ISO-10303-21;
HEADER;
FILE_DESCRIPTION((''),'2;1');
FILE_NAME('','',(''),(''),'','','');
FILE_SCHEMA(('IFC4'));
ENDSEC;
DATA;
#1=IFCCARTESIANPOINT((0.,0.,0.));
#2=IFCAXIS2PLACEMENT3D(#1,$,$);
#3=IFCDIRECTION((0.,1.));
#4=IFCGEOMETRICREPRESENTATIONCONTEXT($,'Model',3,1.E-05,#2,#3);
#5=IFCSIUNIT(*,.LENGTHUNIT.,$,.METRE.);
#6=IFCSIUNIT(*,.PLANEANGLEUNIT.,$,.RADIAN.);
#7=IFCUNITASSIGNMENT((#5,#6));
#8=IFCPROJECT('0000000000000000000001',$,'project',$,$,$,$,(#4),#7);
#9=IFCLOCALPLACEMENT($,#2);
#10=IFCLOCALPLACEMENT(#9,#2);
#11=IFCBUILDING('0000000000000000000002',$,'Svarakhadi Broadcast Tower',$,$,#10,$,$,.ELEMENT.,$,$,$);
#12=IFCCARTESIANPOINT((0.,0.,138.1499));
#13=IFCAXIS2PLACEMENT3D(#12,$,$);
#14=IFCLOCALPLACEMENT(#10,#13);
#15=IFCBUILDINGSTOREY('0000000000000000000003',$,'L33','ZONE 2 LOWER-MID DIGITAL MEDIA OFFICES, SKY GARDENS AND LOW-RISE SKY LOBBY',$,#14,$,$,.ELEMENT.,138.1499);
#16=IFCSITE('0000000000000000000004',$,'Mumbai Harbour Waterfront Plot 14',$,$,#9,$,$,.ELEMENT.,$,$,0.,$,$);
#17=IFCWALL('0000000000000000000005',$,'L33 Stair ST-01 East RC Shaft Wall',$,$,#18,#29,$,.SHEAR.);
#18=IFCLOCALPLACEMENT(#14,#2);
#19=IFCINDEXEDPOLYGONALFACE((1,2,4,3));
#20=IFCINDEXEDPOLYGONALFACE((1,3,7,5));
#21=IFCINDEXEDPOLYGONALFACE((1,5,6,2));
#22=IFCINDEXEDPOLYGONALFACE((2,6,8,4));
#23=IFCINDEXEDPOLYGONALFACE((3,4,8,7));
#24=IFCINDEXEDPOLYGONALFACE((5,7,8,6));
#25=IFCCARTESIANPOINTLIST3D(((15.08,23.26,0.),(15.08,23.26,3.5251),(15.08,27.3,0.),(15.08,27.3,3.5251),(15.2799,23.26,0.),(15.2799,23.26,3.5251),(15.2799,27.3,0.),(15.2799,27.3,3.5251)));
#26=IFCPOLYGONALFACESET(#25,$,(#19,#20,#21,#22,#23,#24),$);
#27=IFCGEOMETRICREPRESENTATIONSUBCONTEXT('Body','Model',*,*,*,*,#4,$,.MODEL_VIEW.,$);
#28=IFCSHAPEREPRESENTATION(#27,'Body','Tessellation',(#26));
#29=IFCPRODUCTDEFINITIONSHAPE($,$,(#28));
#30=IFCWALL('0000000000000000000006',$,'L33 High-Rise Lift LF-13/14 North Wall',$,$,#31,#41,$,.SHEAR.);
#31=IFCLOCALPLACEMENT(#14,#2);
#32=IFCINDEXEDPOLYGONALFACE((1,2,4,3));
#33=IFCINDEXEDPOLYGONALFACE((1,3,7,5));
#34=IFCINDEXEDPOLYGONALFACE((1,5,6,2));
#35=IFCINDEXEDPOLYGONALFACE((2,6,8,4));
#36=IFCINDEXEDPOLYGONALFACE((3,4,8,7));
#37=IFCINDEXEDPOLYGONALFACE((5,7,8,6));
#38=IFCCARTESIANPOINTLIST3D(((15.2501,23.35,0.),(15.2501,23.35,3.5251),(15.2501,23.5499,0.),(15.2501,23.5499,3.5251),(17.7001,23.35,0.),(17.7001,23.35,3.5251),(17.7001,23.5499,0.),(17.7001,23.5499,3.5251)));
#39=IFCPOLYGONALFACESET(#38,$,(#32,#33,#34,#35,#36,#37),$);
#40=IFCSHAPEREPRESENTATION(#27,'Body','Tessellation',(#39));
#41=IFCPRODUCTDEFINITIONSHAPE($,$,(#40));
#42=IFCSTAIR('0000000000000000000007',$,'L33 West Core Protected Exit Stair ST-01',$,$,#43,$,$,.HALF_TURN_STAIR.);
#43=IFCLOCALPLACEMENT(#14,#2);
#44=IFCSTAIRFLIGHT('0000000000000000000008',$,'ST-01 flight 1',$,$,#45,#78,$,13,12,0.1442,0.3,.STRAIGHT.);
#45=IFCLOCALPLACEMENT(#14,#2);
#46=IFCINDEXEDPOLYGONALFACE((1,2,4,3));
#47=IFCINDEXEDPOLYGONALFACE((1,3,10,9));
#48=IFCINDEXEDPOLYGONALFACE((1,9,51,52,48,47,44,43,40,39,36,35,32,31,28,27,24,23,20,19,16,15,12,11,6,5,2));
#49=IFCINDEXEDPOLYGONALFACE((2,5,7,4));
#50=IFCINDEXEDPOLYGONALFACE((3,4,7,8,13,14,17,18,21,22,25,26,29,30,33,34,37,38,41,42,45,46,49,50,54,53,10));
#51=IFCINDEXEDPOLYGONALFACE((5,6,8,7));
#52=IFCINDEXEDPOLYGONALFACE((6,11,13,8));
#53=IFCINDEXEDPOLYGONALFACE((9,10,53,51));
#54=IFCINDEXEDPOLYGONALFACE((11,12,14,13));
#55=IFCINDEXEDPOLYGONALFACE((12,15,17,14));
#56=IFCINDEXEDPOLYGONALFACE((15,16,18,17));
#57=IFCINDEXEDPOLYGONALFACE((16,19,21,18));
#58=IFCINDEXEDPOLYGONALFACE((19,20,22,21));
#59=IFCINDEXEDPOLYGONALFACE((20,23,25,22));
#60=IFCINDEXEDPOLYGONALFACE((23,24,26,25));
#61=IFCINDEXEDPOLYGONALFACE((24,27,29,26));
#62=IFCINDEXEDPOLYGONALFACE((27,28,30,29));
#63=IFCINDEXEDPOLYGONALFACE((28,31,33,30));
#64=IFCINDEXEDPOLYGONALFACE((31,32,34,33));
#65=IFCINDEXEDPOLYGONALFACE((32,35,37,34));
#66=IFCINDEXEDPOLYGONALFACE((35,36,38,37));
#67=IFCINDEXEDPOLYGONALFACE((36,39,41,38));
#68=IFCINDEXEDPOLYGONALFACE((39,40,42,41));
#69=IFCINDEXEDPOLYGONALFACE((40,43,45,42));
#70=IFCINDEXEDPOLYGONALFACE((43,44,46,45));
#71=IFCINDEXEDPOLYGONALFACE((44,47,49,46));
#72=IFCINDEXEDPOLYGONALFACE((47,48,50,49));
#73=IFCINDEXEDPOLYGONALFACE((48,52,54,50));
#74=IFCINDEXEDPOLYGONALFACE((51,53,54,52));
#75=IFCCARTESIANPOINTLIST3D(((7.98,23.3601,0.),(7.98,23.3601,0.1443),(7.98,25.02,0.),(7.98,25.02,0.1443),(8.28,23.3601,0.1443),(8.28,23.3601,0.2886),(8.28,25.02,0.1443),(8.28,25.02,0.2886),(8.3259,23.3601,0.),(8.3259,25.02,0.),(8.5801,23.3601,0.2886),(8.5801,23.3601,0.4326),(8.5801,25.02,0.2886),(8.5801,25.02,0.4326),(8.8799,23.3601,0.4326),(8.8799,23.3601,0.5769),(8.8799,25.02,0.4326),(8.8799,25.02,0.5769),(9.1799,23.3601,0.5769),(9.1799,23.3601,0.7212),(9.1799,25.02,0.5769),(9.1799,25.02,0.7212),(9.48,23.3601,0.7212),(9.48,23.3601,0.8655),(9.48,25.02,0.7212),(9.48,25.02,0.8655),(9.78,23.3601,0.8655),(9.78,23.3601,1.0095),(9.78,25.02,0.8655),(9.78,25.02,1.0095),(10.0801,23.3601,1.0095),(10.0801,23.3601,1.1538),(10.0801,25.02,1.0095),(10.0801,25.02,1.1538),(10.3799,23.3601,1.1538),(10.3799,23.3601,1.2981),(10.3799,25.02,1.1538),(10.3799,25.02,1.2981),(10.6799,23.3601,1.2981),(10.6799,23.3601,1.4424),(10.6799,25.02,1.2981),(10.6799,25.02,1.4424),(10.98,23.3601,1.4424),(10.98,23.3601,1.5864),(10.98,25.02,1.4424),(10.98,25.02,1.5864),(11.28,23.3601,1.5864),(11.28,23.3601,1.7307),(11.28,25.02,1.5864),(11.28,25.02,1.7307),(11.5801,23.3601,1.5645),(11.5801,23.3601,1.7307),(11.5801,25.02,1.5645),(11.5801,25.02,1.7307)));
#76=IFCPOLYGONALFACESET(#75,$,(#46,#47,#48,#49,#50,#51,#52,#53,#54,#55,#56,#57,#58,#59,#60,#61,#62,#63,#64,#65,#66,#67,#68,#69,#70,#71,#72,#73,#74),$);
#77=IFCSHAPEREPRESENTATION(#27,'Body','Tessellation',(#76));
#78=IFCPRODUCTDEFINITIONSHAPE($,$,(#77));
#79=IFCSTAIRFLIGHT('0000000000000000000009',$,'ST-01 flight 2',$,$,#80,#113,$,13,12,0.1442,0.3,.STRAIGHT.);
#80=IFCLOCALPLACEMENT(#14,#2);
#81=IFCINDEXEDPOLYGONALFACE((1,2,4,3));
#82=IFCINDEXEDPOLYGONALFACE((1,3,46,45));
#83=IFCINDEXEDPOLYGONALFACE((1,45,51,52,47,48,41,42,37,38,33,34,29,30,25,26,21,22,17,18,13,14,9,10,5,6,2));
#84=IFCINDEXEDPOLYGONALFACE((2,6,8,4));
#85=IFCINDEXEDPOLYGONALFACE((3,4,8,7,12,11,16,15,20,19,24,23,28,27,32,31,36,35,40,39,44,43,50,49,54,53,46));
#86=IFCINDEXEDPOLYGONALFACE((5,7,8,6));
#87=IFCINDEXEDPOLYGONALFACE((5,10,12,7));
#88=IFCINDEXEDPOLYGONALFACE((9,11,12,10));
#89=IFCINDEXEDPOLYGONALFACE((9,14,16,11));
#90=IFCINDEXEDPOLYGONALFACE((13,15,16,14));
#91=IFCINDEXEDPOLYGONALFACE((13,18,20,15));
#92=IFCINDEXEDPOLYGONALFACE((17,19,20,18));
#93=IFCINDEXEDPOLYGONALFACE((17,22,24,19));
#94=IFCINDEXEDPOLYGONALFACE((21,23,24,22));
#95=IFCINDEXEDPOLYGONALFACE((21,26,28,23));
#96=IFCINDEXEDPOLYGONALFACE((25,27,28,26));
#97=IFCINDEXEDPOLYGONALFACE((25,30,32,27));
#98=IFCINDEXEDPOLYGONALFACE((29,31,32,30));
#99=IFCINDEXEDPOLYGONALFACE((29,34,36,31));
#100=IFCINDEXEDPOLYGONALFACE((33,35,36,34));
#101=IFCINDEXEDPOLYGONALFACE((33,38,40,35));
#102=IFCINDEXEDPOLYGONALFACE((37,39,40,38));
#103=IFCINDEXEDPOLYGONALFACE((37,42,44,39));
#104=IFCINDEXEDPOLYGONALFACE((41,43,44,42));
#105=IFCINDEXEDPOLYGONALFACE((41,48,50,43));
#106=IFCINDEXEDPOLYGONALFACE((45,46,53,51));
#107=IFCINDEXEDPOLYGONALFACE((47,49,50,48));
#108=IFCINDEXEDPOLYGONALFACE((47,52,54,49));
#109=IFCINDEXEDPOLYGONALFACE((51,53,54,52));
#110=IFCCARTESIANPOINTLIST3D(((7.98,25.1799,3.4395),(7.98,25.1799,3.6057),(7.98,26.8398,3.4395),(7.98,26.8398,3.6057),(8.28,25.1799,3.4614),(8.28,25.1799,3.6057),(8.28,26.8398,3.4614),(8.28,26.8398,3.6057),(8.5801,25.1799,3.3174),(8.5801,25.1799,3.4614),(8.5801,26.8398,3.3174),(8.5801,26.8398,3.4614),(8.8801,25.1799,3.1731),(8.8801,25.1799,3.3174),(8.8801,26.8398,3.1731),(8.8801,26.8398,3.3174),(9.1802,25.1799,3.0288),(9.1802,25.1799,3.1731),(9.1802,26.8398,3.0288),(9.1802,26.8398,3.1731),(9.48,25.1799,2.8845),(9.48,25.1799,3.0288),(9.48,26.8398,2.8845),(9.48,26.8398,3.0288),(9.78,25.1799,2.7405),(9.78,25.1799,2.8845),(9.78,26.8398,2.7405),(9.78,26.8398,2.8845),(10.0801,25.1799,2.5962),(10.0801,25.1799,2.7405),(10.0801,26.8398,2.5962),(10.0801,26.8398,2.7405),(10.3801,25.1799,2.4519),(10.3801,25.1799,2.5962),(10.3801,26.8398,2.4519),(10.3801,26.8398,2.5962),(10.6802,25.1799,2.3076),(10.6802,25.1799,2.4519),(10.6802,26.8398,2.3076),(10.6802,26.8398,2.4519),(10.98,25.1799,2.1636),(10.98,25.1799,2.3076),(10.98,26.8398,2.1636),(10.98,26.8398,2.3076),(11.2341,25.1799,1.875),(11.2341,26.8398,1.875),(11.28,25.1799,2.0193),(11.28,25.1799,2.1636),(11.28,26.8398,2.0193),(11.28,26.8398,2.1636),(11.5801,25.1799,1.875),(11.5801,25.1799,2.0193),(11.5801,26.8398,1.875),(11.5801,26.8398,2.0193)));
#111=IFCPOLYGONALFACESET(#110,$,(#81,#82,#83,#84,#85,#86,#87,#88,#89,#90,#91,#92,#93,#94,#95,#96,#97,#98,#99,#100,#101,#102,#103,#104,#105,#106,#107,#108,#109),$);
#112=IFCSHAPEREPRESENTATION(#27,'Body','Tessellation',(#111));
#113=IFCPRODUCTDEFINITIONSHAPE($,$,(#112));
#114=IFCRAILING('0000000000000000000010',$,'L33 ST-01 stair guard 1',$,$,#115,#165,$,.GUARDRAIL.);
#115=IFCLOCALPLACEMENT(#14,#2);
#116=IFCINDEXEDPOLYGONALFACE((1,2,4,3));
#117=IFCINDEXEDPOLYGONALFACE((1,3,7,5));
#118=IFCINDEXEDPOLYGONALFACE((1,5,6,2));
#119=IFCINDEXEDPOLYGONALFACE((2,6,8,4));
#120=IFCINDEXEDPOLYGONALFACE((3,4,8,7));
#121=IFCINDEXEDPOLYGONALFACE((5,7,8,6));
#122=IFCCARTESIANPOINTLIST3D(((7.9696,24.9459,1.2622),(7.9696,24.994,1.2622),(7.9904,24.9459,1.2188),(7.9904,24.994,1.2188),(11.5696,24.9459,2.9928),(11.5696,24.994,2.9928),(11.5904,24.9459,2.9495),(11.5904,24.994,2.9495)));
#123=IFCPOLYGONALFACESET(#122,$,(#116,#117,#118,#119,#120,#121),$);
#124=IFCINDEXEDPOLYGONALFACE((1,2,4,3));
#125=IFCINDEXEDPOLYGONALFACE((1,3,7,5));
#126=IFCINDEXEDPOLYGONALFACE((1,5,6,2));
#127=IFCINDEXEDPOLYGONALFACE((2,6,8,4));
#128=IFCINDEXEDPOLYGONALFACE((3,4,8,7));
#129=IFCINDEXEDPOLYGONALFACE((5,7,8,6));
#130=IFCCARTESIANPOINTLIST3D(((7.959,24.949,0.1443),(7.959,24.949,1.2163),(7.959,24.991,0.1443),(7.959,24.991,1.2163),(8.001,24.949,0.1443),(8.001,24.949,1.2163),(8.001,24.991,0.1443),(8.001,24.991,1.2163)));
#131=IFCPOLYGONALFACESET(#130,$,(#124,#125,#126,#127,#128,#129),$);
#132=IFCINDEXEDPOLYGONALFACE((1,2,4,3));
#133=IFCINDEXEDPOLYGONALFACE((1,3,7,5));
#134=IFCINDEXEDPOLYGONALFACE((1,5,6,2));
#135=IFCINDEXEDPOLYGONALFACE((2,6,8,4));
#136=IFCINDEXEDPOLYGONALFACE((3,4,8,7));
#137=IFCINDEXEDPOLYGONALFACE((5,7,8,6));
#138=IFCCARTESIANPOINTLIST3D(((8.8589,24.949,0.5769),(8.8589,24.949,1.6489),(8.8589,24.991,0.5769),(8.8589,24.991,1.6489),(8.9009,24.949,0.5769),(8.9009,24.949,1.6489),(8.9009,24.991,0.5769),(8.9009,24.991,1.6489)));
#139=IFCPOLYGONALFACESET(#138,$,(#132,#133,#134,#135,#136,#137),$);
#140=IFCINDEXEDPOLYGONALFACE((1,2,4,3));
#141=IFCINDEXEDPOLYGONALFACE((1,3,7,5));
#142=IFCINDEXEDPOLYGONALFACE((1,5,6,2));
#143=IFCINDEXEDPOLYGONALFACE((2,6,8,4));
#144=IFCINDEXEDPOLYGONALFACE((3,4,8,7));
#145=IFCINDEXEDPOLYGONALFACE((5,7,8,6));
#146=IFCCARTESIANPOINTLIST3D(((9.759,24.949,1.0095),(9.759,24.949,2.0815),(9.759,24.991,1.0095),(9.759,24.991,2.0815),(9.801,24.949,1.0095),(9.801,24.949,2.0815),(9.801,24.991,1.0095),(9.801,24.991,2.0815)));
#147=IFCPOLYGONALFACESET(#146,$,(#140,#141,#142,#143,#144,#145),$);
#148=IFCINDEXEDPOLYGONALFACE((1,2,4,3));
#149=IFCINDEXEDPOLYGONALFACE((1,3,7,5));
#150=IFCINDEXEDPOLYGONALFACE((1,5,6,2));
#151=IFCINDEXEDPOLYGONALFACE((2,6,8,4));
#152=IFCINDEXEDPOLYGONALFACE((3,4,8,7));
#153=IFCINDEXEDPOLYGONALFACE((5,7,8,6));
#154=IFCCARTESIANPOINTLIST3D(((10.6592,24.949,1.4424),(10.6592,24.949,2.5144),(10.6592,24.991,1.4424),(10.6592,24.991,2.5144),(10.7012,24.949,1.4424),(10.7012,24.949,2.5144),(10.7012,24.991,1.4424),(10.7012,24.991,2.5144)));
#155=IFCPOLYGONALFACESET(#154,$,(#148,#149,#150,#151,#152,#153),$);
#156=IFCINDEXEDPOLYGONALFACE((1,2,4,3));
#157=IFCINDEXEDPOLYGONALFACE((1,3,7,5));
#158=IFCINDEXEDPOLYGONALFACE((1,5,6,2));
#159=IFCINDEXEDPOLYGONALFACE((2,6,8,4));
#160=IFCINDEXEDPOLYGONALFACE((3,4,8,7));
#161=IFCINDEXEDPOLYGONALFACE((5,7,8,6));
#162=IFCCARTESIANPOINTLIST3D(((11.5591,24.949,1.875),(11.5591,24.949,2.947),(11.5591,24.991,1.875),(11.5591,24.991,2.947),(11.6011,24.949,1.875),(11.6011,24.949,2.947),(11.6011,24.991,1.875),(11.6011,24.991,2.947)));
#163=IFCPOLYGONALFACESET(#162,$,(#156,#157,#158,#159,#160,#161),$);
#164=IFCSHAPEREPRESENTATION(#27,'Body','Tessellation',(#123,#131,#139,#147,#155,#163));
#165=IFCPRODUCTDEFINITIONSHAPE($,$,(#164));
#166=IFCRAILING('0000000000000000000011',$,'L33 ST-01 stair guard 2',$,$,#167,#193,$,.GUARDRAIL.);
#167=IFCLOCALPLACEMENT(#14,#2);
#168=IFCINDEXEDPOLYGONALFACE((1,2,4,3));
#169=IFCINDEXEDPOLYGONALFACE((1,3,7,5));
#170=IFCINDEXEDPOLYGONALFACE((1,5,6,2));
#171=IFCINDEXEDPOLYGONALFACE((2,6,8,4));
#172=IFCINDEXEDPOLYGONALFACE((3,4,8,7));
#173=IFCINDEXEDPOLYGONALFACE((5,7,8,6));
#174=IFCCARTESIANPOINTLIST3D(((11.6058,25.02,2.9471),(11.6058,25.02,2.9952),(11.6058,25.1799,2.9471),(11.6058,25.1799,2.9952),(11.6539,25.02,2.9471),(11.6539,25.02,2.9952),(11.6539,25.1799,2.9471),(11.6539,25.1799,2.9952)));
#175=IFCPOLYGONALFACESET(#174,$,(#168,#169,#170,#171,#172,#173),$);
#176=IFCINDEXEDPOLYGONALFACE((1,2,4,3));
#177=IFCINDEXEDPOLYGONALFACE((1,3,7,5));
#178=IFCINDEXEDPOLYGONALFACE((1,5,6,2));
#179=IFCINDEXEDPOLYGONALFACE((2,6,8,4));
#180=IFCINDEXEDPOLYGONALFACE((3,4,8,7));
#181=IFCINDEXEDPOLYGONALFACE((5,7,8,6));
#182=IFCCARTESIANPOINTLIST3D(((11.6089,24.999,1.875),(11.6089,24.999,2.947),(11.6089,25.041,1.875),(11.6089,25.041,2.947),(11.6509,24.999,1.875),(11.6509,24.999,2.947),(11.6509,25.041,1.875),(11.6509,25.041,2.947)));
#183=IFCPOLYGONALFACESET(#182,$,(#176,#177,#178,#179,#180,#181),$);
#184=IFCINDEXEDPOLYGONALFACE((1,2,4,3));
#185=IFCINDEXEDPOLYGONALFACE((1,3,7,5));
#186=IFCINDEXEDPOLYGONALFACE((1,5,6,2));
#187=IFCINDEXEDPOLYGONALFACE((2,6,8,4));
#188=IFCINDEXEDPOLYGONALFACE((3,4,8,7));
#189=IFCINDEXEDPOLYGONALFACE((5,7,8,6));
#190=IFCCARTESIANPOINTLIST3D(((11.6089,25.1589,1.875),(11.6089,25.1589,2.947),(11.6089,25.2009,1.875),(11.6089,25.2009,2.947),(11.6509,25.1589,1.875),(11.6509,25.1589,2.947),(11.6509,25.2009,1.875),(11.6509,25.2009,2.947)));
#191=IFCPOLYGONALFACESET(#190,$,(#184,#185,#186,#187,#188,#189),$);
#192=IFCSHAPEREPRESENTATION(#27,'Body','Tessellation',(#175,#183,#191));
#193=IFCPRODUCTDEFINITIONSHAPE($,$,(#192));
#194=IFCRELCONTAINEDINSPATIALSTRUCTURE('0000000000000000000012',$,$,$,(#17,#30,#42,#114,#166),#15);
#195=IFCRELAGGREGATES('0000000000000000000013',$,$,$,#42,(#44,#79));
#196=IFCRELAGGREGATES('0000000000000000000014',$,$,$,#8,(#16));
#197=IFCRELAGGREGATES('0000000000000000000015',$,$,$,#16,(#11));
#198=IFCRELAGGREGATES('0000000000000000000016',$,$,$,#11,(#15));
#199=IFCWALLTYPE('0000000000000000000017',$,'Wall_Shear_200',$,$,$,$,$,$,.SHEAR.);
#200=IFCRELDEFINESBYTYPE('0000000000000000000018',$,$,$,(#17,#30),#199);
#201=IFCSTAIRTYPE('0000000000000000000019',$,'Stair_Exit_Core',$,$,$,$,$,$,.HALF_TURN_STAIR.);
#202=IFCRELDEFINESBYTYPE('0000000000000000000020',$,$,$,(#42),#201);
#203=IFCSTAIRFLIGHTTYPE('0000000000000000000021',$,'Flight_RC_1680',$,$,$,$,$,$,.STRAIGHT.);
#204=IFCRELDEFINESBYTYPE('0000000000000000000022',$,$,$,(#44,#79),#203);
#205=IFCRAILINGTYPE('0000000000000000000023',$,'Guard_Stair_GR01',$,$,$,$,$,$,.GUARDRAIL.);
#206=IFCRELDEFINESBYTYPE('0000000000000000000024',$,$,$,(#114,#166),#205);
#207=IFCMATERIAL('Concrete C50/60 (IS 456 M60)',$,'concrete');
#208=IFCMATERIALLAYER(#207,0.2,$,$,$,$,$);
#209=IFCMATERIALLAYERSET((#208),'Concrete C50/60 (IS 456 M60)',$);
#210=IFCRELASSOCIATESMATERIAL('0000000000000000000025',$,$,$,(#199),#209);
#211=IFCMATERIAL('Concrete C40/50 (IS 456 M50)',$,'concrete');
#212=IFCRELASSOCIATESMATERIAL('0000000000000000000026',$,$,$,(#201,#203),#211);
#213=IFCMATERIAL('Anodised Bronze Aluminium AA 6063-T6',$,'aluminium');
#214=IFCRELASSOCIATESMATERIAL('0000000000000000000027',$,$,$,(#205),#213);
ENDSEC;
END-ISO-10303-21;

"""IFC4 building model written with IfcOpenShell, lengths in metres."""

from ifc_helpers import new_model, si_unit, direction, frame, frame_2d, origin, origin_2d, place, context, subcontext, project, spatial, polyline, rectangle, outline, extrude, material, layer, layer_set, type_object, element, aggregate, save


model = new_model("IFC4")

# Units and contexts
model_context = context("Model", 3, precision=1e-05, world=origin(), true_north=direction((0.0, 1.0)))
body_context = subcontext(model_context, "Body", "Model", "MODEL_VIEW")
ifc_project = project(units=[si_unit("LENGTHUNIT", "METRE"), si_unit("PLANEANGLEUNIT", "RADIAN")], contexts=[model_context])

# Site, building, storey
site_placement = place(None, origin())
site = spatial("IfcSite", under=ifc_project, at=site_placement, Name="Mumbai Harbour Waterfront Plot 14", CompositionType="ELEMENT", RefElevation=0.0)
building_placement = place(site_placement, origin())
building = spatial("IfcBuilding", under=site, at=building_placement, Name="Svarakhadi Broadcast Tower", CompositionType="ELEMENT")
storey_placement = place(building_placement, frame((0.0, 0.0, 138.1499)))
storey = spatial("IfcBuildingStorey", under=building, at=storey_placement, Name="L33", Description="ZONE 2 LOWER-MID DIGITAL MEDIA OFFICES, SKY GARDENS AND LOW-RISE SKY LOBBY", CompositionType="ELEMENT", Elevation=138.1499)

# Shared definitions
ifc_material_1 = material(Name="Concrete C50/60 (IS 456 M60)", Category="concrete")

# Shared definitions
ifc_material_2 = material(Name="Concrete C40/50 (IS 456 M50)", Category="concrete")

# Shared definitions
ifc_layer_1 = layer(ifc_material_1, 0.2)
ifc_layer_set_1 = layer_set([ifc_layer_1], Name="Concrete C50/60 (IS 456 M60)")
wall_type_1 = type_object("IfcWallType", Name="Wall_Shear_200", PredefinedType="SHEAR", material=ifc_layer_set_1)

# Walls
wall_1_placement = place(storey_placement, frame((15.1799, 23.26, 0.0), z_axis=(0.0, 0.0, 1.0), x_axis=(0.0, 1.0, 0.0)))
element("IfcWall", 1, at=wall_1_placement, inside=storey, type_object=wall_type_1, Name="L33 Stair ST-01 East RC Shaft Wall", PredefinedType="SHEAR", context=body_context, shape_type="SweptSolid", body=[
    extrude(rectangle(XDim=4.04, YDim=0.2, at=frame_2d((2.02, 0.0))), origin(), (0.0, 0.0, 1.0), 3.5251),
])
wall_2_placement = place(storey_placement, frame((15.25, 23.45, 0.0), z_axis=(0.0, 0.0, 1.0), x_axis=(1.0, 0.0, 0.0)))
element("IfcWall", 2, at=wall_2_placement, inside=storey, type_object=wall_type_1, Name="L33 High-Rise Lift LF-13/14 North Wall", PredefinedType="SHEAR", context=body_context, shape_type="SweptSolid", body=[
    extrude(rectangle(XDim=2.45, YDim=0.2, at=frame_2d((1.2251, 0.0))), origin(), (0.0, 0.0, 1.0), 3.5251),
])

# Stair, stair flights
stair_type = type_object("IfcStairType", Name="Stair_Exit_Core", PredefinedType="HALF_TURN_STAIR", material=ifc_material_2)
stair_placement = place(storey_placement, origin())
stair = element("IfcStair", 3, at=stair_placement, inside=storey, type_object=stair_type, Name="L33 West Core Protected Exit Stair ST-01", PredefinedType="HALF_TURN_STAIR")
stair_flight_type = type_object("IfcStairFlightType", Name="Flight_RC_1680", PredefinedType="STRAIGHT", material=ifc_material_2)
stair_flight_1_placement = place(storey_placement, frame((7.98, 24.1899, 0.0), z_axis=(0.0, 0.0, 1.0), x_axis=(1.0, 0.0, 0.0)))
stair_flight_1 = element("IfcStairFlight", 4, at=stair_flight_1_placement, type_object=stair_flight_type, Name="ST-01 flight 1", NumberOfRisers=13, NumberOfTreads=12, PredefinedType="STRAIGHT", RiserHeight=0.1442, TreadLength=0.3, context=body_context, shape_type="SweptSolid", body=[
    extrude(outline(polyline([(0.0, 0.0), (0.0, 0.1443), (0.3, 0.1443), (0.3, 0.2886), (0.6001, 0.2886), (0.6001, 0.4326), (0.8999, 0.4326), (0.8999, 0.5769), (1.2, 0.5769), (1.2, 0.7212), (1.5, 0.7212), (1.5, 0.8655), (1.8, 0.8655), (1.8, 1.0095), (2.1001, 1.0095), (2.1001, 1.1538), (2.3999, 1.1538), (2.3999, 1.2981), (2.7, 1.2981), (2.7, 1.4424), (3.0, 1.4424), (3.0, 1.5864), (3.3, 1.5864), (3.3, 1.7307), (3.6001, 1.7307), (3.6001, 1.875), (3.6001, 1.5645), (0.3459, 0.0), (0.0, 0.0)])), frame((0.0, 0.8301, 0.0), z_axis=(0.0, -1.0, 0.0), x_axis=(1.0, 0.0, 0.0)), (0.0, 0.0, 1.0), 1.6599),
])
stair_flight_2_placement = place(storey_placement, frame((11.5801, 26.01, 1.875), z_axis=(0.0, 0.0, 1.0), x_axis=(-1.0, 0.0, 0.0)))
stair_flight_2 = element("IfcStairFlight", 5, at=stair_flight_2_placement, type_object=stair_flight_type, Name="ST-01 flight 2", NumberOfRisers=13, NumberOfTreads=12, PredefinedType="STRAIGHT", RiserHeight=0.1442, TreadLength=0.3, context=body_context, shape_type="SweptSolid", body=[
    extrude(outline(polyline([(0.0, 0.0), (0.0, 0.1443), (0.3, 0.1443), (0.3, 0.2886), (0.6001, 0.2886), (0.6001, 0.4326), (0.8999, 0.4326), (0.8999, 0.5769), (1.2, 0.5769), (1.2, 0.7212), (1.5, 0.7212), (1.5, 0.8655), (1.8, 0.8655), (1.8, 1.0095), (2.1001, 1.0095), (2.1001, 1.1538), (2.3999, 1.1538), (2.3999, 1.2981), (2.7, 1.2981), (2.7, 1.4424), (3.0, 1.4424), (3.0, 1.5864), (3.3, 1.5864), (3.3, 1.7307), (3.6001, 1.7307), (3.6001, 1.875), (3.6001, 1.5645), (0.3459, 0.0), (0.0, 0.0)])), frame((0.0, 0.8301, 0.0), z_axis=(0.0, -1.0, 0.0), x_axis=(1.0, 0.0, 0.0)), (0.0, 0.0, 1.0), 1.6599),
])
aggregate(stair, [stair_flight_1, stair_flight_2])

# Railings
ifc_material_3 = material(Name="Anodised Bronze Aluminium AA 6063-T6", Category="aluminium")
railing_type_1 = type_object("IfcRailingType", Name="Guard_Stair_GR01", PredefinedType="GUARDRAIL", material=ifc_material_3)
railing_1_placement = place(storey_placement, frame((7.98, 24.97, 0.1443)))
element("IfcRailing", 6, at=railing_1_placement, inside=storey, type_object=railing_type_1, Name="L33 ST-01 stair guard 1", PredefinedType="GUARDRAIL", context=body_context, shape_type="SweptSolid", body=[
    extrude(rectangle(XDim=0.0481, YDim=0.0481, at=origin_2d()), frame((0.0, 0.0, 1.0962), z_axis=(0.901263, 0.0, 0.433273), x_axis=(0.0, 1.0, 0.0)), (0.0, 0.0, 1.0), 3.9944),
    extrude(rectangle(XDim=0.042, YDim=0.042, at=origin_2d()), origin(), (0.0, 0.0, 1.0), 1.072),
    extrude(rectangle(XDim=0.042, YDim=0.042, at=origin_2d()), frame((0.8999, 0.0, 0.4326)), (0.0, 0.0, 1.0), 1.072),
    extrude(rectangle(XDim=0.042, YDim=0.042, at=origin_2d()), frame((1.8, 0.0, 0.8652)), (0.0, 0.0, 1.0), 1.072),
    extrude(rectangle(XDim=0.042, YDim=0.042, at=origin_2d()), frame((2.7002, 0.0, 1.2981)), (0.0, 0.0, 1.0), 1.072),
    extrude(rectangle(XDim=0.042, YDim=0.042, at=origin_2d()), frame((3.6001, 0.0, 1.7307)), (0.0, 0.0, 1.0), 1.072),
])
railing_2_placement = place(storey_placement, frame((11.6299, 25.02, 1.875)))
element("IfcRailing", 7, at=railing_2_placement, inside=storey, type_object=railing_type_1, Name="L33 ST-01 stair guard 2", PredefinedType="GUARDRAIL", context=body_context, shape_type="SweptSolid", body=[
    extrude(rectangle(XDim=0.0481, YDim=0.0481, at=origin_2d()), frame((0.0, 0.0, 1.0962), z_axis=(0.0, 1.0, 0.0), x_axis=(-1.0, 0.0, 0.0)), (0.0, 0.0, 1.0), 0.1599),
    extrude(rectangle(XDim=0.042, YDim=0.042, at=origin_2d()), origin(), (0.0, 0.0, 1.0), 1.072),
    extrude(rectangle(XDim=0.042, YDim=0.042, at=origin_2d()), frame((0.0, 0.1599, 0.0)), (0.0, 0.0, 1.0), 1.072),
])

save(model, "model.ifc")
